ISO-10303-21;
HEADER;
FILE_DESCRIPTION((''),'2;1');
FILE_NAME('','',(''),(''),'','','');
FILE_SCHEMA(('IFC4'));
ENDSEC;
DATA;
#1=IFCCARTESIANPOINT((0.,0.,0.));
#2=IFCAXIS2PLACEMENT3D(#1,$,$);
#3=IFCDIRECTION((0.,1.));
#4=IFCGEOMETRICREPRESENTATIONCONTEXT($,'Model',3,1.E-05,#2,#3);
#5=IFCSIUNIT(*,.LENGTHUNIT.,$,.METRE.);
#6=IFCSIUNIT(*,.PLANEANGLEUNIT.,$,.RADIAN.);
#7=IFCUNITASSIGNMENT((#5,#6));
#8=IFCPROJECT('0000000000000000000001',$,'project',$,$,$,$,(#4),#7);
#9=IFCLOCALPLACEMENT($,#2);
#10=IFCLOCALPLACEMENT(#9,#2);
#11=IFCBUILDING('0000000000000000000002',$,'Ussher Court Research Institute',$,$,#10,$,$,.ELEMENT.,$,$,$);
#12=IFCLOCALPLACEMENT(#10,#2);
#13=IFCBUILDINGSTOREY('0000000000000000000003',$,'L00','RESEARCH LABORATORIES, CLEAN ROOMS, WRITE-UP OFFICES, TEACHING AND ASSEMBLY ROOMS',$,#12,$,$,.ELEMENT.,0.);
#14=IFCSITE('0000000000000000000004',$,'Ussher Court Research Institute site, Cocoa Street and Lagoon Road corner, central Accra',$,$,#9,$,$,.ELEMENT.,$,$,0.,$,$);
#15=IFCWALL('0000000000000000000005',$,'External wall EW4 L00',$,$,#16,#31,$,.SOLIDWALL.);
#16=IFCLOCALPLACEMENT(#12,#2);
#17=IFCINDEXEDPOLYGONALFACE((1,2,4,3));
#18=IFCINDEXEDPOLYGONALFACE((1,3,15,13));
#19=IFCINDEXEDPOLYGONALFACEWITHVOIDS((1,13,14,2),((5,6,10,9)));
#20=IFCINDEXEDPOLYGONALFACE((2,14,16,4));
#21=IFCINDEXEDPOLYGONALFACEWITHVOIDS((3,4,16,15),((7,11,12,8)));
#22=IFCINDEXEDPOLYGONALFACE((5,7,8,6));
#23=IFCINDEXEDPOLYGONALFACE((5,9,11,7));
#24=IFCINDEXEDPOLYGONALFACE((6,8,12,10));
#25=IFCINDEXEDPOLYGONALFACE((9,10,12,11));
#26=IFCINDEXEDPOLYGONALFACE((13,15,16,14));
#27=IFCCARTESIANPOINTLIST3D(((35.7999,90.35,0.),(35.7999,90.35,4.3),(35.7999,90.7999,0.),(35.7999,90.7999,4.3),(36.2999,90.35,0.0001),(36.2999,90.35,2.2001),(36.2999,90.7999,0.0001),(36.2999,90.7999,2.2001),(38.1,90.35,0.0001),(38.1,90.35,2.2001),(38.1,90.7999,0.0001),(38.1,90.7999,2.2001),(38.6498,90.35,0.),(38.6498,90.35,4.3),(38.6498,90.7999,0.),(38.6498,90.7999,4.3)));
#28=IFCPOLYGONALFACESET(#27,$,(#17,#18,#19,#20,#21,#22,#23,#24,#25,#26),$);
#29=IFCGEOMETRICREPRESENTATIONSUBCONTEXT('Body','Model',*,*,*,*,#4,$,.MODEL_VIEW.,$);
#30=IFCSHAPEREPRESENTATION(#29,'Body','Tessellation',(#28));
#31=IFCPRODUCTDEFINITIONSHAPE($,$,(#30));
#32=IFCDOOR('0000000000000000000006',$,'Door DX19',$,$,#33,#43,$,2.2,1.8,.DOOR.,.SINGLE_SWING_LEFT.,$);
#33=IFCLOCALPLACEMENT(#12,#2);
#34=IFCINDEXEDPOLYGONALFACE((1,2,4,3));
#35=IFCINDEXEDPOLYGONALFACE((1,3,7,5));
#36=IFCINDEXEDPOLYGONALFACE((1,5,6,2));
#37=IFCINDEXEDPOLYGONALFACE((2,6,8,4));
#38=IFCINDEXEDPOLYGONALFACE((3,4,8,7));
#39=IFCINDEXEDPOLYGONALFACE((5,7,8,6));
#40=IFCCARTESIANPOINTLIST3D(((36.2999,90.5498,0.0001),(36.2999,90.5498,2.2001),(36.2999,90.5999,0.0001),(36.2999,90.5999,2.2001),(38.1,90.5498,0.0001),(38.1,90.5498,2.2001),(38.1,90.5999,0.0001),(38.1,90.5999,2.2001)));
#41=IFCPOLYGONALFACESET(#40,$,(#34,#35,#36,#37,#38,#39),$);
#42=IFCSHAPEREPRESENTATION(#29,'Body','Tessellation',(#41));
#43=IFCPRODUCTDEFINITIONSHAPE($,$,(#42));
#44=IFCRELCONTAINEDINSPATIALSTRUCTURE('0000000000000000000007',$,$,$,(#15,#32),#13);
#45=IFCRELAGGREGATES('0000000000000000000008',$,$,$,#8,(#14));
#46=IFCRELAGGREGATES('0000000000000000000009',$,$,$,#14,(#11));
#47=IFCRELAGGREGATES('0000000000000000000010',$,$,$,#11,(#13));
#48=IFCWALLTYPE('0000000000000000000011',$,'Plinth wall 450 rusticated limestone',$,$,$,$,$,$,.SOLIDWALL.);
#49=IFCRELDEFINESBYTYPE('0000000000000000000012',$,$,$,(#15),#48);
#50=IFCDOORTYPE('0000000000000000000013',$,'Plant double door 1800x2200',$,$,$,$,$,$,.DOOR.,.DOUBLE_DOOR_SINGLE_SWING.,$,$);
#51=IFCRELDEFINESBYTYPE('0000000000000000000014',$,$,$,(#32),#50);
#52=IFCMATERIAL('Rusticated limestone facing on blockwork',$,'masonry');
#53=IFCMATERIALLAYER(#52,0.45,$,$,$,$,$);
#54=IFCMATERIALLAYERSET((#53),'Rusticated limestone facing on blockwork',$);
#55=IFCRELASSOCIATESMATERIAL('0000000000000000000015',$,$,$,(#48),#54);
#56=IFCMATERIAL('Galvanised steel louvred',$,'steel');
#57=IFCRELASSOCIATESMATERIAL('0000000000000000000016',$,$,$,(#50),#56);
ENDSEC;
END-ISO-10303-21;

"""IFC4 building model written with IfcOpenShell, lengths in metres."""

from ifc_helpers import new_model, si_unit, direction, frame, frame_2d, origin, place, context, subcontext, project, spatial, rectangle, extrude, material, layer, layer_set, type_object, element, fill, save


model = new_model("IFC4")

# Units and contexts
model_context = context("Model", 3, precision=1e-05, world=origin(), true_north=direction((0.0, 1.0)))
body_context = subcontext(model_context, "Body", "Model", "MODEL_VIEW")
ifc_project = project(units=[si_unit("LENGTHUNIT", "METRE"), si_unit("PLANEANGLEUNIT", "RADIAN")], contexts=[model_context])

# Site, building, storey
site_placement = place(None, origin())
site = spatial("IfcSite", under=ifc_project, at=site_placement, Name="Ussher Court Research Institute site, Cocoa Street and Lagoon Road corner, central Accra", CompositionType="ELEMENT", RefElevation=0.0)
building_placement = place(site_placement, origin())
building = spatial("IfcBuilding", under=site, at=building_placement, Name="Ussher Court Research Institute", CompositionType="ELEMENT")
storey_placement = place(building_placement, origin())
storey = spatial("IfcBuildingStorey", under=building, at=storey_placement, Name="L00", Description="RESEARCH LABORATORIES, CLEAN ROOMS, WRITE-UP OFFICES, TEACHING AND ASSEMBLY ROOMS", CompositionType="ELEMENT", Elevation=0.0)

# Wall, opening, door
ifc_material_1 = material(Name="Rusticated limestone facing on blockwork", Category="masonry")
ifc_layer_1 = layer(ifc_material_1, 0.45)
ifc_layer_set_1 = layer_set([ifc_layer_1], Name="Rusticated limestone facing on blockwork")
wall_type_1 = type_object("IfcWallType", Name="Plinth wall 450 rusticated limestone", PredefinedType="SOLIDWALL", material=ifc_layer_set_1)
wall_1_placement = place(storey_placement, frame((35.8, 90.575, 0.0), z_axis=(0.0, 0.0, 1.0), x_axis=(1.0, 0.0, 0.0)))
wall_1 = element("IfcWall", 1, at=wall_1_placement, inside=storey, type_object=wall_type_1, Name="External wall EW4 L00", PredefinedType="SOLIDWALL", context=body_context, shape_type="SweptSolid", body=[
    extrude(rectangle(XDim=2.8499, YDim=0.45, at=frame_2d((1.4248, 0.0))), origin(), (0.0, 0.0, 1.0), 4.3),
])
opening_1_placement = place(wall_1_placement, frame((0.5, 0.0, 0.0)))
opening_1 = element("IfcOpeningElement", 2, at=opening_1_placement, cuts=wall_1, PredefinedType="OPENING", context=body_context, shape_type="SweptSolid", body=[
    extrude(rectangle(XDim=1.8, YDim=2.2, at=frame_2d((0.8999, 1.1001))), frame((0.0, 0.2349, 0.0), z_axis=(0.0, -1.0, 0.0), x_axis=(1.0, 0.0, 0.0)), (0.0, 0.0, 1.0), 0.47),
])
ifc_material_2 = material(Name="Galvanised steel louvred", Category="steel")
door_type_1 = type_object("IfcDoorType", Name="Plant double door 1800x2200", OperationType="DOUBLE_DOOR_SINGLE_SWING", PredefinedType="DOOR", material=ifc_material_2)
door_1_placement = place(opening_1_placement, origin())
door_1 = element("IfcDoor", 3, at=door_1_placement, inside=storey, type_object=door_type_1, Name="Door DX19", OperationType="SINGLE_SWING_LEFT", OverallHeight=2.2, OverallWidth=1.8, PredefinedType="DOOR", context=body_context, shape_type="SweptSolid", body=[
    extrude(rectangle(XDim=1.8, YDim=2.2, at=frame_2d((0.8999, 1.1001))), frame((0.0, 0.0249, 0.0), z_axis=(0.0, -1.0, 0.0), x_axis=(1.0, 0.0, 0.0)), (0.0, 0.0, 1.0), 0.05),
])
fill(opening_1, door_1)

save(model, "model.ifc")
